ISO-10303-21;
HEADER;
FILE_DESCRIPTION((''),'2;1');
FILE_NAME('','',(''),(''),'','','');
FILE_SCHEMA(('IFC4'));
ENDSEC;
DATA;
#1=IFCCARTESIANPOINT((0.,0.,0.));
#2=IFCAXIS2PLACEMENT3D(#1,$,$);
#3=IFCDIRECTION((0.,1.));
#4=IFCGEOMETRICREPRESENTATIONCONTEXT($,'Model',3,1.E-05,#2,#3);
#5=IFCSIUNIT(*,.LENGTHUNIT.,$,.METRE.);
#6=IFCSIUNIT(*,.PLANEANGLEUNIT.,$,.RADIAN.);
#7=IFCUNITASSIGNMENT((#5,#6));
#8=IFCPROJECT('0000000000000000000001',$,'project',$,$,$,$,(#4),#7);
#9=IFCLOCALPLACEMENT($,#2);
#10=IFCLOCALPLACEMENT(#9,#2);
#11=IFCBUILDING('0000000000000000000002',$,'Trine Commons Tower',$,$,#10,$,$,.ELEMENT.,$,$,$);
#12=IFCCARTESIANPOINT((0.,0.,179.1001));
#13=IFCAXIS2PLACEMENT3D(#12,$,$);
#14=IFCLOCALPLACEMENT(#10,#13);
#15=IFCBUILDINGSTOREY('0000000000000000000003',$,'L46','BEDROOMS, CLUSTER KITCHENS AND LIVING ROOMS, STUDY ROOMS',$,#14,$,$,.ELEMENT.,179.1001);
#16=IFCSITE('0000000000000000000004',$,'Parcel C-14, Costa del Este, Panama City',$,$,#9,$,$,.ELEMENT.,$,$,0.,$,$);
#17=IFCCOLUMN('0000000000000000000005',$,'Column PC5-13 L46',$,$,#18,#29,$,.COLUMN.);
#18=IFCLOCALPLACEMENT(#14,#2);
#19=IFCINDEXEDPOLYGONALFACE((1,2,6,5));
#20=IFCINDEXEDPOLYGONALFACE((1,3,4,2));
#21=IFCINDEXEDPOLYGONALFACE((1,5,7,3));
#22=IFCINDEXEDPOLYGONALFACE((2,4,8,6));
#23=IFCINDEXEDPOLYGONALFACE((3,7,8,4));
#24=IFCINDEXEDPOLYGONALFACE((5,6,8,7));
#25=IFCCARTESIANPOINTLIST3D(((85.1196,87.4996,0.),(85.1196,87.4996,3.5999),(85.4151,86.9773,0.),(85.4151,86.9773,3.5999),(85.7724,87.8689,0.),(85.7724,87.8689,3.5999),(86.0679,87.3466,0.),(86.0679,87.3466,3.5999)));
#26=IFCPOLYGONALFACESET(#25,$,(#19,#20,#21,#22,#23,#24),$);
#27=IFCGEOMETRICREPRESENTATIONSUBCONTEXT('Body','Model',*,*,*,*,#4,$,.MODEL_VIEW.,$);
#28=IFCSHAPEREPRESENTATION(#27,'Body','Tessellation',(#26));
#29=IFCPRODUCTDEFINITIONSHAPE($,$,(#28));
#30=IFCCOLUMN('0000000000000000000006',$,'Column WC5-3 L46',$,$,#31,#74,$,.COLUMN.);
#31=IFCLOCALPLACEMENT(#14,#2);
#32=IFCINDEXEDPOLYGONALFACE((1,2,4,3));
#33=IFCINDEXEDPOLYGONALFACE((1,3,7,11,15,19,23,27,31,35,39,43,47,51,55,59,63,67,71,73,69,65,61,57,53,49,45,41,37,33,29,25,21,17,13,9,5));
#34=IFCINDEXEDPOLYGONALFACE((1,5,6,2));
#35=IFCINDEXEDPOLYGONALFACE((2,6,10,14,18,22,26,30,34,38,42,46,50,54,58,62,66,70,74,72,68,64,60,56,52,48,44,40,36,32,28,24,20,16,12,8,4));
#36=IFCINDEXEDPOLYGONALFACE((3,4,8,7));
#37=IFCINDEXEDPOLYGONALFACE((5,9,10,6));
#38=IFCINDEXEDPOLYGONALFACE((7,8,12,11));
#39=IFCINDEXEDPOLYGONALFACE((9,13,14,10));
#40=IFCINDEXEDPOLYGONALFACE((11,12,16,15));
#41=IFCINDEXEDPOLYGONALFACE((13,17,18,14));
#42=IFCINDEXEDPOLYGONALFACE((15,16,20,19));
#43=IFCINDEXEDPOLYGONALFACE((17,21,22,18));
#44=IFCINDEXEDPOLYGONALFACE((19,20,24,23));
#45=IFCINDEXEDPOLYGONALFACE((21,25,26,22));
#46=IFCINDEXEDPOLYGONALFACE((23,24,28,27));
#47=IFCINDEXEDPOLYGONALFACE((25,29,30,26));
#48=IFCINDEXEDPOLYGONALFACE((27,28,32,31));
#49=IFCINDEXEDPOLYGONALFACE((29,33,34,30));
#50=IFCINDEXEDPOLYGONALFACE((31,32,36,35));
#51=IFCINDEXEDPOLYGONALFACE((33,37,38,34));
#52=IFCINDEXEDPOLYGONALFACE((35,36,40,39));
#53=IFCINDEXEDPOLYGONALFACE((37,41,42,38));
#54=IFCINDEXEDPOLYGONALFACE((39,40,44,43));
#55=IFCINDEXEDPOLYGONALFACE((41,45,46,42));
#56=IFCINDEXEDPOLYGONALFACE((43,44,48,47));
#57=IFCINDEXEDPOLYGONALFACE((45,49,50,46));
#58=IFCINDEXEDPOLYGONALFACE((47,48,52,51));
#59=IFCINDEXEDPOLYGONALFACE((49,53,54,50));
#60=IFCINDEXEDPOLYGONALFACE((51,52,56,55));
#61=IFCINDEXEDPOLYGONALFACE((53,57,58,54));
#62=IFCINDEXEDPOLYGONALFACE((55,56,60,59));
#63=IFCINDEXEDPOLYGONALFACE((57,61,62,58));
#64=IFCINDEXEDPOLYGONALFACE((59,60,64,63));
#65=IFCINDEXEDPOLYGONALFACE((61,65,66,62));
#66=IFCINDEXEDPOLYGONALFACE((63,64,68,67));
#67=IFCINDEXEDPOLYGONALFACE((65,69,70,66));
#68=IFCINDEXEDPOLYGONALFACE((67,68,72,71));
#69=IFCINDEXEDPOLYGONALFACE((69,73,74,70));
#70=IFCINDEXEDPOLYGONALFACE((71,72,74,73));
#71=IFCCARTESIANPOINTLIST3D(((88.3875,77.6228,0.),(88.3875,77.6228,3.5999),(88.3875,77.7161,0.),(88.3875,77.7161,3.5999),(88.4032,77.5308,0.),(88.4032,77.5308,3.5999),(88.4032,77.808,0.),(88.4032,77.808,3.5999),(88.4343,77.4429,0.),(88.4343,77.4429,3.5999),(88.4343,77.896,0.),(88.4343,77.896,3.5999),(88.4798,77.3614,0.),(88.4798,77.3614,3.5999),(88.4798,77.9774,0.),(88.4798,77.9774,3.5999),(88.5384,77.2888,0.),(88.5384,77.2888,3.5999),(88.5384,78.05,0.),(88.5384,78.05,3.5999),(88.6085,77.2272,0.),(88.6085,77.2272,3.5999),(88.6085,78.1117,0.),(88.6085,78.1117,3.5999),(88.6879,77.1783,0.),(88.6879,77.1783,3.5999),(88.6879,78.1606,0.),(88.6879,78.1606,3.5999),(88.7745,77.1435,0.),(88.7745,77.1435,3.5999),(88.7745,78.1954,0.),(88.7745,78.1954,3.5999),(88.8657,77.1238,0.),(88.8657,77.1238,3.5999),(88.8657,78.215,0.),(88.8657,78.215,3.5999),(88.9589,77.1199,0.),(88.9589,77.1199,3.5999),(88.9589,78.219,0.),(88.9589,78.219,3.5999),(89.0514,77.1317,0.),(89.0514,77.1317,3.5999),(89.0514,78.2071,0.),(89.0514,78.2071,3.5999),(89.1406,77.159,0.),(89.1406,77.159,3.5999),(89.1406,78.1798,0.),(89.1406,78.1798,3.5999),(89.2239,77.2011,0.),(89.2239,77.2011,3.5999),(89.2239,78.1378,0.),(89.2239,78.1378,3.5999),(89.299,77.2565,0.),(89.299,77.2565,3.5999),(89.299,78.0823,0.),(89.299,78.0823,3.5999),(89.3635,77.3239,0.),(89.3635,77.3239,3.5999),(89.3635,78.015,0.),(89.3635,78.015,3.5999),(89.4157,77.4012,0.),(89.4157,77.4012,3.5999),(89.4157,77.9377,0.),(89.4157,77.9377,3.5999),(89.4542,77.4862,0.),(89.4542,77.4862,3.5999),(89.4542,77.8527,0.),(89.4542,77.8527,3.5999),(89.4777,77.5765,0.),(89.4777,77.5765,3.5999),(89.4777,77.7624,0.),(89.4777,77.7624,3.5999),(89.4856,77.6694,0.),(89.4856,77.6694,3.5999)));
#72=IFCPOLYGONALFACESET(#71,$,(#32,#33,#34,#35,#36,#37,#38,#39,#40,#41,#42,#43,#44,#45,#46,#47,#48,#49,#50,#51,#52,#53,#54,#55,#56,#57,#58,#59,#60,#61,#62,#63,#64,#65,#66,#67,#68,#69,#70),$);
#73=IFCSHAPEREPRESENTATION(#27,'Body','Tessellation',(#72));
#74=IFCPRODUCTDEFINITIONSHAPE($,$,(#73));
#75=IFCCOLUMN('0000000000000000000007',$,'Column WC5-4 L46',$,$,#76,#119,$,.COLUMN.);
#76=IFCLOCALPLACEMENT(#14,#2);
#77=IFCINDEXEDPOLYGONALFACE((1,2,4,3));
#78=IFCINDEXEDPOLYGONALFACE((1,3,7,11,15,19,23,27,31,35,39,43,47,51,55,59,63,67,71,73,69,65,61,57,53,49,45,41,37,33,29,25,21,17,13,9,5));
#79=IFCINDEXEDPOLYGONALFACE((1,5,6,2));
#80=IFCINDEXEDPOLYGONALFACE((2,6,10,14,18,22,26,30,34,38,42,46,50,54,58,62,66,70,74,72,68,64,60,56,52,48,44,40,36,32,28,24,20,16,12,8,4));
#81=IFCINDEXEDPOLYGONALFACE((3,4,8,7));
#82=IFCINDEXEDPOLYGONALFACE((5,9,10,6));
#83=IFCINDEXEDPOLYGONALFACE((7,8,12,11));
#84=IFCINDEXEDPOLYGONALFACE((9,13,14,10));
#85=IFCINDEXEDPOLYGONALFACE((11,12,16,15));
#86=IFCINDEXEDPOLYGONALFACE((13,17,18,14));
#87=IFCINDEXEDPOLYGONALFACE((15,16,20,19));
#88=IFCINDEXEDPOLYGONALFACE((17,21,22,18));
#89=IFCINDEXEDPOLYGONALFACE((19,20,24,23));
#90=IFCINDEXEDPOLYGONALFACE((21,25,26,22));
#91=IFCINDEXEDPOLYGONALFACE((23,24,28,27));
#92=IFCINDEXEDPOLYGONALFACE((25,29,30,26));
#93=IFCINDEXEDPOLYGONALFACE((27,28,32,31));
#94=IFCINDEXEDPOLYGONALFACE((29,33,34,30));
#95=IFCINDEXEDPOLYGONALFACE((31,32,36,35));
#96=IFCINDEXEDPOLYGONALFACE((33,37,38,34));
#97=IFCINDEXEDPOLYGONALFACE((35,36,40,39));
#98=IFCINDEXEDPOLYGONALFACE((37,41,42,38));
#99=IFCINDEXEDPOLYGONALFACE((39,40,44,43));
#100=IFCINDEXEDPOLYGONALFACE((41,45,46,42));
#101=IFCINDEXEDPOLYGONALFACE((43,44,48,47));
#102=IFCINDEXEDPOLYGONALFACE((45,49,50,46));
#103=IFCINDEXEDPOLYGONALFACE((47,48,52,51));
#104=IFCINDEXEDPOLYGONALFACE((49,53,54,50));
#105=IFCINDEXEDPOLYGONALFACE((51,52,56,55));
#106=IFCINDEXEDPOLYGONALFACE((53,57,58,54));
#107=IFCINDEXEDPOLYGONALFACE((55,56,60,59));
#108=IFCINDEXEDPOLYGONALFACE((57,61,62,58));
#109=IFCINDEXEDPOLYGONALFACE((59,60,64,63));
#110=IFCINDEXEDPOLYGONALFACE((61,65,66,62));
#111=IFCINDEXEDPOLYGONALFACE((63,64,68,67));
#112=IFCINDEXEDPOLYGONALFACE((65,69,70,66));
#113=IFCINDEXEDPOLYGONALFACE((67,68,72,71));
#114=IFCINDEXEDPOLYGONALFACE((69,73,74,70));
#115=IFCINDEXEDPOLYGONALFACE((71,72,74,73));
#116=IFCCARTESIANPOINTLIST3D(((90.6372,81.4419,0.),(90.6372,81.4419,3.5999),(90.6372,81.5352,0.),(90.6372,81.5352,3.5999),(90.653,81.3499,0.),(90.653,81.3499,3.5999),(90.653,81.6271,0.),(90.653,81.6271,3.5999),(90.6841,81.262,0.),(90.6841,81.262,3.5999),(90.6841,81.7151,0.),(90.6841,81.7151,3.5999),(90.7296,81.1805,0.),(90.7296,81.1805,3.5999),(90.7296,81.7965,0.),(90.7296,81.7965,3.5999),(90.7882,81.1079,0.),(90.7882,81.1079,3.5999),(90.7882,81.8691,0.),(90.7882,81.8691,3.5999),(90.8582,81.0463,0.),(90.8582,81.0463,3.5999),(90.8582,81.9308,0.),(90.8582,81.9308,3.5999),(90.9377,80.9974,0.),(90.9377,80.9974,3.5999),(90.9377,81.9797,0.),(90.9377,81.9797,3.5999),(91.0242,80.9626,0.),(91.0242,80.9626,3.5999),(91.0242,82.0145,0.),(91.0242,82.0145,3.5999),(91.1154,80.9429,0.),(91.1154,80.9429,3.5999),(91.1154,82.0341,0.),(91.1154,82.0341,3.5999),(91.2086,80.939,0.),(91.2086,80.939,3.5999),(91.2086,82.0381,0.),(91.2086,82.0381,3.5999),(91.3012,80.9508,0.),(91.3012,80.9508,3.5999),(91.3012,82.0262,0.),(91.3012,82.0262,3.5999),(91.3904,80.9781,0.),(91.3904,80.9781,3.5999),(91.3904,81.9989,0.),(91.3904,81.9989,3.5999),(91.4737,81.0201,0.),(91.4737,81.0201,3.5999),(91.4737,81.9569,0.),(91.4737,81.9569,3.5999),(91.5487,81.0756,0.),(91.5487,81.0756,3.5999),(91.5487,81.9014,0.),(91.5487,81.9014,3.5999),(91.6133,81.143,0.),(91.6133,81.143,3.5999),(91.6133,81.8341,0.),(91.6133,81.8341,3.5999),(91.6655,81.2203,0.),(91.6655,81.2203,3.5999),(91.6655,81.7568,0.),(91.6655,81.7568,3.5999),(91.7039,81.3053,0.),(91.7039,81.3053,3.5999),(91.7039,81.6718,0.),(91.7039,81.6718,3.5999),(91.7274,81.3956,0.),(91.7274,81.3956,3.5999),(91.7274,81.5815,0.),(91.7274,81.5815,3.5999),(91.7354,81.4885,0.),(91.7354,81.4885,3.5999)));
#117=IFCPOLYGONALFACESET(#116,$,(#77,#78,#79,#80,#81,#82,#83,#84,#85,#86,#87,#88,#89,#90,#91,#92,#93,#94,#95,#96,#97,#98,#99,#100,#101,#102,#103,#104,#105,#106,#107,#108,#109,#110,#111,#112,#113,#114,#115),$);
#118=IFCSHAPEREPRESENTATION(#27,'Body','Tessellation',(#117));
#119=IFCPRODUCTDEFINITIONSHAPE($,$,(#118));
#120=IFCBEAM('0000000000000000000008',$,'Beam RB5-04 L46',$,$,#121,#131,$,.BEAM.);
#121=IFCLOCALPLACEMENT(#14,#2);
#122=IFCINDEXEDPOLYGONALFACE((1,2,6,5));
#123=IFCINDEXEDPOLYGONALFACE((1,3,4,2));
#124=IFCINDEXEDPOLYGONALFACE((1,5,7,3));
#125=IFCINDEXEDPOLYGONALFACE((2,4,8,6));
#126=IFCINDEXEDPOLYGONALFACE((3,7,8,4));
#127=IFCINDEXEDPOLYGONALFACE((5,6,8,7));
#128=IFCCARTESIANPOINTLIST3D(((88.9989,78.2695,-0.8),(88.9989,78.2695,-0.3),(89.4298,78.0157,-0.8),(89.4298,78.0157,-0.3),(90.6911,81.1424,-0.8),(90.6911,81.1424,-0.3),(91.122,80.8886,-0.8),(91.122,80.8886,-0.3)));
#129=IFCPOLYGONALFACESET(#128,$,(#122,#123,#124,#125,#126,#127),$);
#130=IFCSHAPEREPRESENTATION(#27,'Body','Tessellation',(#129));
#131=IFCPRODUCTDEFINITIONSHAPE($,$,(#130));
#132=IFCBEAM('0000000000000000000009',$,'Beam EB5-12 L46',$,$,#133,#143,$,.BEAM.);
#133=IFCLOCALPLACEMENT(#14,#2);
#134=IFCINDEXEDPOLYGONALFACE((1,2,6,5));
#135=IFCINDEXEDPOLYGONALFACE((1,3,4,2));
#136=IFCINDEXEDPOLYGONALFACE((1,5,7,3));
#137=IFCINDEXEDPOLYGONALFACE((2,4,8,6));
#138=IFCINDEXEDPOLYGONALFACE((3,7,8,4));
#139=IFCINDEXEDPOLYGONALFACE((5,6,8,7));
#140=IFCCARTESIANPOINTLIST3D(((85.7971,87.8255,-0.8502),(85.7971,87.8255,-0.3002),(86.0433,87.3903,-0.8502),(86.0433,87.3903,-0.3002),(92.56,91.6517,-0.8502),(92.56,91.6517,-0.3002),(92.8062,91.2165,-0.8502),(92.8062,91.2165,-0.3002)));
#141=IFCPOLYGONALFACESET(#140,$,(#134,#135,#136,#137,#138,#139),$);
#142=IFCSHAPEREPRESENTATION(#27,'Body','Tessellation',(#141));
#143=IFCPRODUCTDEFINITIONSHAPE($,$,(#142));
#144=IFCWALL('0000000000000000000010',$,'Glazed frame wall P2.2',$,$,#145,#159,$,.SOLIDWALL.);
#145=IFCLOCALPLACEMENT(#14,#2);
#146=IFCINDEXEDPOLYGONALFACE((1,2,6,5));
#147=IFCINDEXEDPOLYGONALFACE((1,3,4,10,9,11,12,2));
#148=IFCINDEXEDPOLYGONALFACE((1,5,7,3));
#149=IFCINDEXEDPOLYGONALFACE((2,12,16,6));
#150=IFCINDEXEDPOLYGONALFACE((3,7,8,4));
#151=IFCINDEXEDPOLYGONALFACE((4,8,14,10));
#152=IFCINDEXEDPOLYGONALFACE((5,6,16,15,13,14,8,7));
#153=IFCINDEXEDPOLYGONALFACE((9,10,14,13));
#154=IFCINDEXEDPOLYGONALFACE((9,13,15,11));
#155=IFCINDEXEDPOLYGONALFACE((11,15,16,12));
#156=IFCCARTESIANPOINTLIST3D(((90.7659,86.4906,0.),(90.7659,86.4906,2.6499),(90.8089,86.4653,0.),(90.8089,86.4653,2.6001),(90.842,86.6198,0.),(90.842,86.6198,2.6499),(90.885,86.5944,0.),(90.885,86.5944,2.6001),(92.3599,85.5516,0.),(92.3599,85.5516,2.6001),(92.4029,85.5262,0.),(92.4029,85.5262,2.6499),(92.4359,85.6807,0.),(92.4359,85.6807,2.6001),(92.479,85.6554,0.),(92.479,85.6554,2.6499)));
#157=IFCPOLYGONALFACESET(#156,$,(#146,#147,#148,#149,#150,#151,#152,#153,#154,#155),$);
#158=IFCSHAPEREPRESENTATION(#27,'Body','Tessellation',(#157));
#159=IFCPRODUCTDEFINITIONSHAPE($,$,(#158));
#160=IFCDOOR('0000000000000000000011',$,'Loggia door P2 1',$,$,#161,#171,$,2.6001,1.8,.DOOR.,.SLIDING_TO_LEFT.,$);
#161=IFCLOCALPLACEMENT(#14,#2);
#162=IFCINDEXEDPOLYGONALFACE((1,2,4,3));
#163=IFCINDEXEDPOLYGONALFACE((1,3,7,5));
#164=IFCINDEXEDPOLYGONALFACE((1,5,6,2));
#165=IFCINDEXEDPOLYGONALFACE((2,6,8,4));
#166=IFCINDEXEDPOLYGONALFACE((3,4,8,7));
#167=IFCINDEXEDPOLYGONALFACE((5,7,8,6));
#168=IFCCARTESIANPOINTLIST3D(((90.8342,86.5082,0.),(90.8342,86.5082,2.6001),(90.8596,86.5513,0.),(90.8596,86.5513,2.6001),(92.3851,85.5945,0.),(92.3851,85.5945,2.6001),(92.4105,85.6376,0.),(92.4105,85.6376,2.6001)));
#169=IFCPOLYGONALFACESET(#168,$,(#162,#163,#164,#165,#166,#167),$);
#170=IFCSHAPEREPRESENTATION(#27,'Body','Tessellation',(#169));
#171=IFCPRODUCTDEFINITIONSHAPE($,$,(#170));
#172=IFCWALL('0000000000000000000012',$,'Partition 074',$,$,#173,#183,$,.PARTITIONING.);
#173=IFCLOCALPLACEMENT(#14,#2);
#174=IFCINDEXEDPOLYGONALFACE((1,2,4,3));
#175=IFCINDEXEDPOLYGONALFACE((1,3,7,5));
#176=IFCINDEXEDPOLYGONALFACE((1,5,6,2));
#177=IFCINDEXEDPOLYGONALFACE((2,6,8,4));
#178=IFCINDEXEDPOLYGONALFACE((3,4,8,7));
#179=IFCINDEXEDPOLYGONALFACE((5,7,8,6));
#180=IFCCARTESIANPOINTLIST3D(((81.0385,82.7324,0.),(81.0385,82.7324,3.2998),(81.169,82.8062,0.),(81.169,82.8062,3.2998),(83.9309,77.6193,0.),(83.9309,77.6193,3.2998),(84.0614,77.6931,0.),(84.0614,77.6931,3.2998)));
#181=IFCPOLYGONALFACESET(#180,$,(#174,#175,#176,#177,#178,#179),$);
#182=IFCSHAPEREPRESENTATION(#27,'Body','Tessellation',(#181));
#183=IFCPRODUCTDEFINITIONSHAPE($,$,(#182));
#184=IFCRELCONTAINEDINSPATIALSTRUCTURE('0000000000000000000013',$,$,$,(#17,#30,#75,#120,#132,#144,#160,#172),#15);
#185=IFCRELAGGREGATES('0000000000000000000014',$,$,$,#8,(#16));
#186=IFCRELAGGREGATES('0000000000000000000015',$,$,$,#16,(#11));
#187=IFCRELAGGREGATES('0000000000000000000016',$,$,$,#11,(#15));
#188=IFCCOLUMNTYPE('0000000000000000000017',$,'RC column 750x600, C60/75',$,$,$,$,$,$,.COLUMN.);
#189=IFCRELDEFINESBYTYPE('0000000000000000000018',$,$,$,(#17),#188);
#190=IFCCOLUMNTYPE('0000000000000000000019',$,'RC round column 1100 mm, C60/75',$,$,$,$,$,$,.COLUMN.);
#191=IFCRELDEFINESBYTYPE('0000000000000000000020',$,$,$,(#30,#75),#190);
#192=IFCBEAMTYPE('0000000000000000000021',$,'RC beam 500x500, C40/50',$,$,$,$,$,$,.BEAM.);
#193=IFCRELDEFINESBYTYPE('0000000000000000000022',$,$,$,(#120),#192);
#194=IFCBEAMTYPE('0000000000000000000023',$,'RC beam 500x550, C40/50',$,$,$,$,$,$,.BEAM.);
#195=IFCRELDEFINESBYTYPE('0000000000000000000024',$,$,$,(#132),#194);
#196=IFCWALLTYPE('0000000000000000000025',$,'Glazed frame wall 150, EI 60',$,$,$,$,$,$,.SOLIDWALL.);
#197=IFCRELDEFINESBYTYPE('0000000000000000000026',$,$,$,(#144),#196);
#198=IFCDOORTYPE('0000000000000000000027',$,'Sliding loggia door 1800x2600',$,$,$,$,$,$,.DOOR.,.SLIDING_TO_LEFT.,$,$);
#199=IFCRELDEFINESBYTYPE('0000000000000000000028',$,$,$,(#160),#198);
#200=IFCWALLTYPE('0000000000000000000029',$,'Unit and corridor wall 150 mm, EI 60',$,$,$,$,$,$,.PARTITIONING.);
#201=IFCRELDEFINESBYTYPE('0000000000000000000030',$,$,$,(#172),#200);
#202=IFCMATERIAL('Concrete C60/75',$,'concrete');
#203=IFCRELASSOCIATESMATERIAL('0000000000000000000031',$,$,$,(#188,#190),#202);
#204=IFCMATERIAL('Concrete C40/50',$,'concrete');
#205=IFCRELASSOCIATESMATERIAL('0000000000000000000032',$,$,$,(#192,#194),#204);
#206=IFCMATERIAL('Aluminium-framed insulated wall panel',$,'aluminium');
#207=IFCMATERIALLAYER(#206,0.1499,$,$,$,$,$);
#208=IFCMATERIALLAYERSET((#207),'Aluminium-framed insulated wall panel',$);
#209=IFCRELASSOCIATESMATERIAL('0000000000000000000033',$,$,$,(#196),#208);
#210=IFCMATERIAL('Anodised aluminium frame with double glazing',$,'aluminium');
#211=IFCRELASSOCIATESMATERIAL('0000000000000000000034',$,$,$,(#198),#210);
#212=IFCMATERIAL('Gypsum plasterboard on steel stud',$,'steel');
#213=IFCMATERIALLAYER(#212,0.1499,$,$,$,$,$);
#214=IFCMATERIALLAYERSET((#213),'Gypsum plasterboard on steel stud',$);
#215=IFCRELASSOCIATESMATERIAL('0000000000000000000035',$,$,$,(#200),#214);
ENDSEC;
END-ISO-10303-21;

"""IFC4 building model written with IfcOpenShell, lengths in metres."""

from ifc_helpers import new_model, si_unit, direction, frame, frame_2d, origin, origin_2d, place, context, subcontext, project, spatial, polyline, rectangle, circle, outline, extrude, material, layer, layer_set, material_profile, profile_set, type_object, element, fill, save


model = new_model("IFC4")

# Units and contexts
model_context = context("Model", 3, precision=1e-05, world=origin(), true_north=direction((0.0, 1.0)))
body_context = subcontext(model_context, "Body", "Model", "MODEL_VIEW")
ifc_project = project(units=[si_unit("LENGTHUNIT", "METRE"), si_unit("PLANEANGLEUNIT", "RADIAN")], contexts=[model_context])

# Site, building, storey
site_placement = place(None, origin())
site = spatial("IfcSite", under=ifc_project, at=site_placement, Name="Parcel C-14, Costa del Este, Panama City", CompositionType="ELEMENT", RefElevation=0.0)
building_placement = place(site_placement, origin())
building = spatial("IfcBuilding", under=site, at=building_placement, Name="Trine Commons Tower", CompositionType="ELEMENT")
storey_placement = place(building_placement, frame((0.0, 0.0, 179.1001)))
storey = spatial("IfcBuildingStorey", under=building, at=storey_placement, Name="L46", Description="BEDROOMS, CLUSTER KITCHENS AND LIVING ROOMS, STUDY ROOMS", CompositionType="ELEMENT", Elevation=179.1001)

# Columns
ifc_material_1 = material(Name="Concrete C60/75", Category="concrete")
ifc_material_profile_1 = material_profile(ifc_material_1, rectangle(XDim=0.75, YDim=0.6001, at=origin_2d()), Name="RC 750x600")
ifc_profile_set_1 = profile_set([ifc_material_profile_1], Name="Concrete C60/75")
column_type_1 = type_object("IfcColumnType", Name="RC column 750x600, C60/75", PredefinedType="COLUMN", material=ifc_profile_set_1)
column_placement = place(storey_placement, frame((85.5938, 87.4231, 0.0), z_axis=(0.0, 0.0, 1.0), x_axis=(0.870356, 0.492424, 0.0)))
element("IfcColumn", 1, at=column_placement, inside=storey, type_object=column_type_1, Name="Column PC5-13 L46", PredefinedType="COLUMN", context=body_context, shape_type="SweptSolid", body=[
    extrude(rectangle(XDim=0.75, YDim=0.6001, at=origin_2d()), origin(), (0.0, 0.0, 1.0), 3.5999),
])
ifc_material_profile_2 = material_profile(ifc_material_1, circle(Radius=0.55, at=origin_2d()), Name="RC round 1100")
ifc_profile_set_2 = profile_set([ifc_material_profile_2], Name="Concrete C60/75")
column_type_2 = type_object("IfcColumnType", Name="RC round column 1100 mm, C60/75", PredefinedType="COLUMN", material=ifc_profile_set_2)
for number, where, z_axis, x_axis, name in (
    (2, (88.9355, 77.6694, 0.0), (0.0, 0.0, 1.0), (1.0, 0.0, 0.0), "Column WC5-3 L46"),
    (3, (91.1853, 81.4885, 0.0), (0.0, 0.0, 1.0), (1.0, 0.0, 0.0), "Column WC5-4 L46"),
):
    element("IfcColumn", number, at=place(storey_placement, frame(where, z_axis=z_axis, x_axis=x_axis)), inside=storey, type_object=column_type_2, Name=name, PredefinedType="COLUMN", context=body_context, shape_type="SweptSolid", body=[
        extrude(circle(Radius=0.55, at=origin_2d()), origin(), (0.0, 0.0, 1.0), 3.5999),
    ])

# Beams
ifc_material_2 = material(Name="Concrete C40/50", Category="concrete")
ifc_material_profile_3 = material_profile(ifc_material_2, rectangle(XDim=0.5, YDim=0.5, at=origin_2d()), Name="RC 500x500")
ifc_profile_set_3 = profile_set([ifc_material_profile_3], Name="Concrete C40/50")
beam_type_1 = type_object("IfcBeamType", Name="RC beam 500x500, C40/50", PredefinedType="BEAM", material=ifc_profile_set_3)
beam_1_placement = place(storey_placement, frame((89.2144, 78.1426, -0.55), z_axis=(0.507522, 0.861639, 0.0), x_axis=(-0.861639, 0.507522, 0.0)))
element("IfcBeam", 4, at=beam_1_placement, inside=storey, type_object=beam_type_1, Name="Beam RB5-04 L46", PredefinedType="BEAM", context=body_context, shape_type="SweptSolid", body=[
    extrude(rectangle(XDim=0.5, YDim=0.5, at=origin_2d()), origin(), (0.0, 0.0, 1.0), 3.3342),
])
ifc_material_profile_4 = material_profile(ifc_material_2, rectangle(XDim=0.5, YDim=0.55, at=origin_2d()), Name="RC 500x550")
ifc_profile_set_4 = profile_set([ifc_material_profile_4], Name="Concrete C40/50")
beam_type_2 = type_object("IfcBeamType", Name="RC beam 500x550, C40/50", PredefinedType="BEAM", material=ifc_profile_set_4)
beam_2_placement = place(storey_placement, frame((85.9202, 87.6079, -0.5752), z_axis=(0.870362, 0.492412, 0.0), x_axis=(-0.492412, 0.870362, 0.0)))
element("IfcBeam", 5, at=beam_2_placement, inside=storey, type_object=beam_type_2, Name="Beam EB5-12 L46", PredefinedType="BEAM", context=body_context, shape_type="SweptSolid", body=[
    extrude(rectangle(XDim=0.5, YDim=0.55, at=origin_2d()), origin(), (0.0, 0.0, 1.0), 7.7703),
])

# Shared definitions
ifc_material_3 = material(Name="Aluminium-framed insulated wall panel", Category="aluminium")
ifc_layer_1 = layer(ifc_material_3, 0.1499)
ifc_layer_set_1 = layer_set([ifc_layer_1], Name="Aluminium-framed insulated wall panel")
wall_type_1 = type_object("IfcWallType", Name="Glazed frame wall 150, EI 60", PredefinedType="SOLIDWALL", material=ifc_layer_set_1)

# Wall, opening, door
wall_1_placement = place(storey_placement, frame((90.804, 86.5552, 0.0), z_axis=(0.0, 0.0, 1.0), x_axis=(0.861604, -0.507582, 0.0)))
wall_1 = element("IfcWall", 6, at=wall_1_placement, inside=storey, type_object=wall_type_1, Name="Glazed frame wall P2.2", PredefinedType="SOLIDWALL", context=body_context, shape_type="SweptSolid", body=[
    extrude(outline(polyline([(0.0, -0.075), (1.8999, -0.075), (1.8999, 0.075), (0.0, 0.075), (0.0, -0.075)])), origin(), (0.0, 0.0, 1.0), 2.6499),
])
opening_1_placement = place(wall_1_placement, frame((0.05, 0.0, 0.0)))
opening_1 = element("IfcOpeningElement", 7, at=opening_1_placement, cuts=wall_1, PredefinedType="OPENING", context=body_context, shape_type="SweptSolid", body=[
    extrude(rectangle(XDim=1.8, YDim=2.6001, at=frame_2d((0.8999, 1.3))), frame((0.0, 0.085, 0.0), z_axis=(0.0, -1.0, 0.0), x_axis=(1.0, 0.0, 0.0)), (0.0, 0.0, 1.0), 0.1699),
])
ifc_material_4 = material(Name="Anodised aluminium frame with double glazing", Category="aluminium")
door_type_1 = type_object("IfcDoorType", Name="Sliding loggia door 1800x2600", OperationType="SLIDING_TO_LEFT", PredefinedType="DOOR", material=ifc_material_4)
door_1_placement = place(opening_1_placement, origin())
door_1 = element("IfcDoor", 8, at=door_1_placement, inside=storey, type_object=door_type_1, Name="Loggia door P2 1", OperationType="SLIDING_TO_LEFT", OverallHeight=2.6001, OverallWidth=1.8, PredefinedType="DOOR", context=body_context, shape_type="SweptSolid", body=[
    extrude(rectangle(XDim=1.8, YDim=2.6001, at=frame_2d((0.8999, 1.3))), frame((0.0, 0.0249, 0.0), z_axis=(0.0, -1.0, 0.0), x_axis=(1.0, 0.0, 0.0)), (0.0, 0.0, 1.0), 0.05),
])
fill(opening_1, door_1)

# Wall
ifc_material_5 = material(Name="Gypsum plasterboard on steel stud", Category="steel")
ifc_layer_2 = layer(ifc_material_5, 0.1499)
ifc_layer_set_2 = layer_set([ifc_layer_2], Name="Gypsum plasterboard on steel stud")
wall_type_2 = type_object("IfcWallType", Name="Unit and corridor wall 150 mm, EI 60", PredefinedType="PARTITIONING", material=ifc_layer_set_2)
wall_2_placement = place(storey_placement, frame((81.1038, 82.7693, 0.0), z_axis=(0.0, 0.0, 1.0), x_axis=(0.492361, -0.870391, 0.0)))
element("IfcWall", 9, at=wall_2_placement, inside=storey, type_object=wall_type_2, Name="Partition 074", PredefinedType="PARTITIONING", context=body_context, shape_type="SweptSolid", body=[
    extrude(rectangle(XDim=5.8745, YDim=0.1499, at=frame_2d((2.9373, 0.0))), origin(), (0.0, 0.0, 1.0), 3.2998),
])

save(model, "model.ifc")
